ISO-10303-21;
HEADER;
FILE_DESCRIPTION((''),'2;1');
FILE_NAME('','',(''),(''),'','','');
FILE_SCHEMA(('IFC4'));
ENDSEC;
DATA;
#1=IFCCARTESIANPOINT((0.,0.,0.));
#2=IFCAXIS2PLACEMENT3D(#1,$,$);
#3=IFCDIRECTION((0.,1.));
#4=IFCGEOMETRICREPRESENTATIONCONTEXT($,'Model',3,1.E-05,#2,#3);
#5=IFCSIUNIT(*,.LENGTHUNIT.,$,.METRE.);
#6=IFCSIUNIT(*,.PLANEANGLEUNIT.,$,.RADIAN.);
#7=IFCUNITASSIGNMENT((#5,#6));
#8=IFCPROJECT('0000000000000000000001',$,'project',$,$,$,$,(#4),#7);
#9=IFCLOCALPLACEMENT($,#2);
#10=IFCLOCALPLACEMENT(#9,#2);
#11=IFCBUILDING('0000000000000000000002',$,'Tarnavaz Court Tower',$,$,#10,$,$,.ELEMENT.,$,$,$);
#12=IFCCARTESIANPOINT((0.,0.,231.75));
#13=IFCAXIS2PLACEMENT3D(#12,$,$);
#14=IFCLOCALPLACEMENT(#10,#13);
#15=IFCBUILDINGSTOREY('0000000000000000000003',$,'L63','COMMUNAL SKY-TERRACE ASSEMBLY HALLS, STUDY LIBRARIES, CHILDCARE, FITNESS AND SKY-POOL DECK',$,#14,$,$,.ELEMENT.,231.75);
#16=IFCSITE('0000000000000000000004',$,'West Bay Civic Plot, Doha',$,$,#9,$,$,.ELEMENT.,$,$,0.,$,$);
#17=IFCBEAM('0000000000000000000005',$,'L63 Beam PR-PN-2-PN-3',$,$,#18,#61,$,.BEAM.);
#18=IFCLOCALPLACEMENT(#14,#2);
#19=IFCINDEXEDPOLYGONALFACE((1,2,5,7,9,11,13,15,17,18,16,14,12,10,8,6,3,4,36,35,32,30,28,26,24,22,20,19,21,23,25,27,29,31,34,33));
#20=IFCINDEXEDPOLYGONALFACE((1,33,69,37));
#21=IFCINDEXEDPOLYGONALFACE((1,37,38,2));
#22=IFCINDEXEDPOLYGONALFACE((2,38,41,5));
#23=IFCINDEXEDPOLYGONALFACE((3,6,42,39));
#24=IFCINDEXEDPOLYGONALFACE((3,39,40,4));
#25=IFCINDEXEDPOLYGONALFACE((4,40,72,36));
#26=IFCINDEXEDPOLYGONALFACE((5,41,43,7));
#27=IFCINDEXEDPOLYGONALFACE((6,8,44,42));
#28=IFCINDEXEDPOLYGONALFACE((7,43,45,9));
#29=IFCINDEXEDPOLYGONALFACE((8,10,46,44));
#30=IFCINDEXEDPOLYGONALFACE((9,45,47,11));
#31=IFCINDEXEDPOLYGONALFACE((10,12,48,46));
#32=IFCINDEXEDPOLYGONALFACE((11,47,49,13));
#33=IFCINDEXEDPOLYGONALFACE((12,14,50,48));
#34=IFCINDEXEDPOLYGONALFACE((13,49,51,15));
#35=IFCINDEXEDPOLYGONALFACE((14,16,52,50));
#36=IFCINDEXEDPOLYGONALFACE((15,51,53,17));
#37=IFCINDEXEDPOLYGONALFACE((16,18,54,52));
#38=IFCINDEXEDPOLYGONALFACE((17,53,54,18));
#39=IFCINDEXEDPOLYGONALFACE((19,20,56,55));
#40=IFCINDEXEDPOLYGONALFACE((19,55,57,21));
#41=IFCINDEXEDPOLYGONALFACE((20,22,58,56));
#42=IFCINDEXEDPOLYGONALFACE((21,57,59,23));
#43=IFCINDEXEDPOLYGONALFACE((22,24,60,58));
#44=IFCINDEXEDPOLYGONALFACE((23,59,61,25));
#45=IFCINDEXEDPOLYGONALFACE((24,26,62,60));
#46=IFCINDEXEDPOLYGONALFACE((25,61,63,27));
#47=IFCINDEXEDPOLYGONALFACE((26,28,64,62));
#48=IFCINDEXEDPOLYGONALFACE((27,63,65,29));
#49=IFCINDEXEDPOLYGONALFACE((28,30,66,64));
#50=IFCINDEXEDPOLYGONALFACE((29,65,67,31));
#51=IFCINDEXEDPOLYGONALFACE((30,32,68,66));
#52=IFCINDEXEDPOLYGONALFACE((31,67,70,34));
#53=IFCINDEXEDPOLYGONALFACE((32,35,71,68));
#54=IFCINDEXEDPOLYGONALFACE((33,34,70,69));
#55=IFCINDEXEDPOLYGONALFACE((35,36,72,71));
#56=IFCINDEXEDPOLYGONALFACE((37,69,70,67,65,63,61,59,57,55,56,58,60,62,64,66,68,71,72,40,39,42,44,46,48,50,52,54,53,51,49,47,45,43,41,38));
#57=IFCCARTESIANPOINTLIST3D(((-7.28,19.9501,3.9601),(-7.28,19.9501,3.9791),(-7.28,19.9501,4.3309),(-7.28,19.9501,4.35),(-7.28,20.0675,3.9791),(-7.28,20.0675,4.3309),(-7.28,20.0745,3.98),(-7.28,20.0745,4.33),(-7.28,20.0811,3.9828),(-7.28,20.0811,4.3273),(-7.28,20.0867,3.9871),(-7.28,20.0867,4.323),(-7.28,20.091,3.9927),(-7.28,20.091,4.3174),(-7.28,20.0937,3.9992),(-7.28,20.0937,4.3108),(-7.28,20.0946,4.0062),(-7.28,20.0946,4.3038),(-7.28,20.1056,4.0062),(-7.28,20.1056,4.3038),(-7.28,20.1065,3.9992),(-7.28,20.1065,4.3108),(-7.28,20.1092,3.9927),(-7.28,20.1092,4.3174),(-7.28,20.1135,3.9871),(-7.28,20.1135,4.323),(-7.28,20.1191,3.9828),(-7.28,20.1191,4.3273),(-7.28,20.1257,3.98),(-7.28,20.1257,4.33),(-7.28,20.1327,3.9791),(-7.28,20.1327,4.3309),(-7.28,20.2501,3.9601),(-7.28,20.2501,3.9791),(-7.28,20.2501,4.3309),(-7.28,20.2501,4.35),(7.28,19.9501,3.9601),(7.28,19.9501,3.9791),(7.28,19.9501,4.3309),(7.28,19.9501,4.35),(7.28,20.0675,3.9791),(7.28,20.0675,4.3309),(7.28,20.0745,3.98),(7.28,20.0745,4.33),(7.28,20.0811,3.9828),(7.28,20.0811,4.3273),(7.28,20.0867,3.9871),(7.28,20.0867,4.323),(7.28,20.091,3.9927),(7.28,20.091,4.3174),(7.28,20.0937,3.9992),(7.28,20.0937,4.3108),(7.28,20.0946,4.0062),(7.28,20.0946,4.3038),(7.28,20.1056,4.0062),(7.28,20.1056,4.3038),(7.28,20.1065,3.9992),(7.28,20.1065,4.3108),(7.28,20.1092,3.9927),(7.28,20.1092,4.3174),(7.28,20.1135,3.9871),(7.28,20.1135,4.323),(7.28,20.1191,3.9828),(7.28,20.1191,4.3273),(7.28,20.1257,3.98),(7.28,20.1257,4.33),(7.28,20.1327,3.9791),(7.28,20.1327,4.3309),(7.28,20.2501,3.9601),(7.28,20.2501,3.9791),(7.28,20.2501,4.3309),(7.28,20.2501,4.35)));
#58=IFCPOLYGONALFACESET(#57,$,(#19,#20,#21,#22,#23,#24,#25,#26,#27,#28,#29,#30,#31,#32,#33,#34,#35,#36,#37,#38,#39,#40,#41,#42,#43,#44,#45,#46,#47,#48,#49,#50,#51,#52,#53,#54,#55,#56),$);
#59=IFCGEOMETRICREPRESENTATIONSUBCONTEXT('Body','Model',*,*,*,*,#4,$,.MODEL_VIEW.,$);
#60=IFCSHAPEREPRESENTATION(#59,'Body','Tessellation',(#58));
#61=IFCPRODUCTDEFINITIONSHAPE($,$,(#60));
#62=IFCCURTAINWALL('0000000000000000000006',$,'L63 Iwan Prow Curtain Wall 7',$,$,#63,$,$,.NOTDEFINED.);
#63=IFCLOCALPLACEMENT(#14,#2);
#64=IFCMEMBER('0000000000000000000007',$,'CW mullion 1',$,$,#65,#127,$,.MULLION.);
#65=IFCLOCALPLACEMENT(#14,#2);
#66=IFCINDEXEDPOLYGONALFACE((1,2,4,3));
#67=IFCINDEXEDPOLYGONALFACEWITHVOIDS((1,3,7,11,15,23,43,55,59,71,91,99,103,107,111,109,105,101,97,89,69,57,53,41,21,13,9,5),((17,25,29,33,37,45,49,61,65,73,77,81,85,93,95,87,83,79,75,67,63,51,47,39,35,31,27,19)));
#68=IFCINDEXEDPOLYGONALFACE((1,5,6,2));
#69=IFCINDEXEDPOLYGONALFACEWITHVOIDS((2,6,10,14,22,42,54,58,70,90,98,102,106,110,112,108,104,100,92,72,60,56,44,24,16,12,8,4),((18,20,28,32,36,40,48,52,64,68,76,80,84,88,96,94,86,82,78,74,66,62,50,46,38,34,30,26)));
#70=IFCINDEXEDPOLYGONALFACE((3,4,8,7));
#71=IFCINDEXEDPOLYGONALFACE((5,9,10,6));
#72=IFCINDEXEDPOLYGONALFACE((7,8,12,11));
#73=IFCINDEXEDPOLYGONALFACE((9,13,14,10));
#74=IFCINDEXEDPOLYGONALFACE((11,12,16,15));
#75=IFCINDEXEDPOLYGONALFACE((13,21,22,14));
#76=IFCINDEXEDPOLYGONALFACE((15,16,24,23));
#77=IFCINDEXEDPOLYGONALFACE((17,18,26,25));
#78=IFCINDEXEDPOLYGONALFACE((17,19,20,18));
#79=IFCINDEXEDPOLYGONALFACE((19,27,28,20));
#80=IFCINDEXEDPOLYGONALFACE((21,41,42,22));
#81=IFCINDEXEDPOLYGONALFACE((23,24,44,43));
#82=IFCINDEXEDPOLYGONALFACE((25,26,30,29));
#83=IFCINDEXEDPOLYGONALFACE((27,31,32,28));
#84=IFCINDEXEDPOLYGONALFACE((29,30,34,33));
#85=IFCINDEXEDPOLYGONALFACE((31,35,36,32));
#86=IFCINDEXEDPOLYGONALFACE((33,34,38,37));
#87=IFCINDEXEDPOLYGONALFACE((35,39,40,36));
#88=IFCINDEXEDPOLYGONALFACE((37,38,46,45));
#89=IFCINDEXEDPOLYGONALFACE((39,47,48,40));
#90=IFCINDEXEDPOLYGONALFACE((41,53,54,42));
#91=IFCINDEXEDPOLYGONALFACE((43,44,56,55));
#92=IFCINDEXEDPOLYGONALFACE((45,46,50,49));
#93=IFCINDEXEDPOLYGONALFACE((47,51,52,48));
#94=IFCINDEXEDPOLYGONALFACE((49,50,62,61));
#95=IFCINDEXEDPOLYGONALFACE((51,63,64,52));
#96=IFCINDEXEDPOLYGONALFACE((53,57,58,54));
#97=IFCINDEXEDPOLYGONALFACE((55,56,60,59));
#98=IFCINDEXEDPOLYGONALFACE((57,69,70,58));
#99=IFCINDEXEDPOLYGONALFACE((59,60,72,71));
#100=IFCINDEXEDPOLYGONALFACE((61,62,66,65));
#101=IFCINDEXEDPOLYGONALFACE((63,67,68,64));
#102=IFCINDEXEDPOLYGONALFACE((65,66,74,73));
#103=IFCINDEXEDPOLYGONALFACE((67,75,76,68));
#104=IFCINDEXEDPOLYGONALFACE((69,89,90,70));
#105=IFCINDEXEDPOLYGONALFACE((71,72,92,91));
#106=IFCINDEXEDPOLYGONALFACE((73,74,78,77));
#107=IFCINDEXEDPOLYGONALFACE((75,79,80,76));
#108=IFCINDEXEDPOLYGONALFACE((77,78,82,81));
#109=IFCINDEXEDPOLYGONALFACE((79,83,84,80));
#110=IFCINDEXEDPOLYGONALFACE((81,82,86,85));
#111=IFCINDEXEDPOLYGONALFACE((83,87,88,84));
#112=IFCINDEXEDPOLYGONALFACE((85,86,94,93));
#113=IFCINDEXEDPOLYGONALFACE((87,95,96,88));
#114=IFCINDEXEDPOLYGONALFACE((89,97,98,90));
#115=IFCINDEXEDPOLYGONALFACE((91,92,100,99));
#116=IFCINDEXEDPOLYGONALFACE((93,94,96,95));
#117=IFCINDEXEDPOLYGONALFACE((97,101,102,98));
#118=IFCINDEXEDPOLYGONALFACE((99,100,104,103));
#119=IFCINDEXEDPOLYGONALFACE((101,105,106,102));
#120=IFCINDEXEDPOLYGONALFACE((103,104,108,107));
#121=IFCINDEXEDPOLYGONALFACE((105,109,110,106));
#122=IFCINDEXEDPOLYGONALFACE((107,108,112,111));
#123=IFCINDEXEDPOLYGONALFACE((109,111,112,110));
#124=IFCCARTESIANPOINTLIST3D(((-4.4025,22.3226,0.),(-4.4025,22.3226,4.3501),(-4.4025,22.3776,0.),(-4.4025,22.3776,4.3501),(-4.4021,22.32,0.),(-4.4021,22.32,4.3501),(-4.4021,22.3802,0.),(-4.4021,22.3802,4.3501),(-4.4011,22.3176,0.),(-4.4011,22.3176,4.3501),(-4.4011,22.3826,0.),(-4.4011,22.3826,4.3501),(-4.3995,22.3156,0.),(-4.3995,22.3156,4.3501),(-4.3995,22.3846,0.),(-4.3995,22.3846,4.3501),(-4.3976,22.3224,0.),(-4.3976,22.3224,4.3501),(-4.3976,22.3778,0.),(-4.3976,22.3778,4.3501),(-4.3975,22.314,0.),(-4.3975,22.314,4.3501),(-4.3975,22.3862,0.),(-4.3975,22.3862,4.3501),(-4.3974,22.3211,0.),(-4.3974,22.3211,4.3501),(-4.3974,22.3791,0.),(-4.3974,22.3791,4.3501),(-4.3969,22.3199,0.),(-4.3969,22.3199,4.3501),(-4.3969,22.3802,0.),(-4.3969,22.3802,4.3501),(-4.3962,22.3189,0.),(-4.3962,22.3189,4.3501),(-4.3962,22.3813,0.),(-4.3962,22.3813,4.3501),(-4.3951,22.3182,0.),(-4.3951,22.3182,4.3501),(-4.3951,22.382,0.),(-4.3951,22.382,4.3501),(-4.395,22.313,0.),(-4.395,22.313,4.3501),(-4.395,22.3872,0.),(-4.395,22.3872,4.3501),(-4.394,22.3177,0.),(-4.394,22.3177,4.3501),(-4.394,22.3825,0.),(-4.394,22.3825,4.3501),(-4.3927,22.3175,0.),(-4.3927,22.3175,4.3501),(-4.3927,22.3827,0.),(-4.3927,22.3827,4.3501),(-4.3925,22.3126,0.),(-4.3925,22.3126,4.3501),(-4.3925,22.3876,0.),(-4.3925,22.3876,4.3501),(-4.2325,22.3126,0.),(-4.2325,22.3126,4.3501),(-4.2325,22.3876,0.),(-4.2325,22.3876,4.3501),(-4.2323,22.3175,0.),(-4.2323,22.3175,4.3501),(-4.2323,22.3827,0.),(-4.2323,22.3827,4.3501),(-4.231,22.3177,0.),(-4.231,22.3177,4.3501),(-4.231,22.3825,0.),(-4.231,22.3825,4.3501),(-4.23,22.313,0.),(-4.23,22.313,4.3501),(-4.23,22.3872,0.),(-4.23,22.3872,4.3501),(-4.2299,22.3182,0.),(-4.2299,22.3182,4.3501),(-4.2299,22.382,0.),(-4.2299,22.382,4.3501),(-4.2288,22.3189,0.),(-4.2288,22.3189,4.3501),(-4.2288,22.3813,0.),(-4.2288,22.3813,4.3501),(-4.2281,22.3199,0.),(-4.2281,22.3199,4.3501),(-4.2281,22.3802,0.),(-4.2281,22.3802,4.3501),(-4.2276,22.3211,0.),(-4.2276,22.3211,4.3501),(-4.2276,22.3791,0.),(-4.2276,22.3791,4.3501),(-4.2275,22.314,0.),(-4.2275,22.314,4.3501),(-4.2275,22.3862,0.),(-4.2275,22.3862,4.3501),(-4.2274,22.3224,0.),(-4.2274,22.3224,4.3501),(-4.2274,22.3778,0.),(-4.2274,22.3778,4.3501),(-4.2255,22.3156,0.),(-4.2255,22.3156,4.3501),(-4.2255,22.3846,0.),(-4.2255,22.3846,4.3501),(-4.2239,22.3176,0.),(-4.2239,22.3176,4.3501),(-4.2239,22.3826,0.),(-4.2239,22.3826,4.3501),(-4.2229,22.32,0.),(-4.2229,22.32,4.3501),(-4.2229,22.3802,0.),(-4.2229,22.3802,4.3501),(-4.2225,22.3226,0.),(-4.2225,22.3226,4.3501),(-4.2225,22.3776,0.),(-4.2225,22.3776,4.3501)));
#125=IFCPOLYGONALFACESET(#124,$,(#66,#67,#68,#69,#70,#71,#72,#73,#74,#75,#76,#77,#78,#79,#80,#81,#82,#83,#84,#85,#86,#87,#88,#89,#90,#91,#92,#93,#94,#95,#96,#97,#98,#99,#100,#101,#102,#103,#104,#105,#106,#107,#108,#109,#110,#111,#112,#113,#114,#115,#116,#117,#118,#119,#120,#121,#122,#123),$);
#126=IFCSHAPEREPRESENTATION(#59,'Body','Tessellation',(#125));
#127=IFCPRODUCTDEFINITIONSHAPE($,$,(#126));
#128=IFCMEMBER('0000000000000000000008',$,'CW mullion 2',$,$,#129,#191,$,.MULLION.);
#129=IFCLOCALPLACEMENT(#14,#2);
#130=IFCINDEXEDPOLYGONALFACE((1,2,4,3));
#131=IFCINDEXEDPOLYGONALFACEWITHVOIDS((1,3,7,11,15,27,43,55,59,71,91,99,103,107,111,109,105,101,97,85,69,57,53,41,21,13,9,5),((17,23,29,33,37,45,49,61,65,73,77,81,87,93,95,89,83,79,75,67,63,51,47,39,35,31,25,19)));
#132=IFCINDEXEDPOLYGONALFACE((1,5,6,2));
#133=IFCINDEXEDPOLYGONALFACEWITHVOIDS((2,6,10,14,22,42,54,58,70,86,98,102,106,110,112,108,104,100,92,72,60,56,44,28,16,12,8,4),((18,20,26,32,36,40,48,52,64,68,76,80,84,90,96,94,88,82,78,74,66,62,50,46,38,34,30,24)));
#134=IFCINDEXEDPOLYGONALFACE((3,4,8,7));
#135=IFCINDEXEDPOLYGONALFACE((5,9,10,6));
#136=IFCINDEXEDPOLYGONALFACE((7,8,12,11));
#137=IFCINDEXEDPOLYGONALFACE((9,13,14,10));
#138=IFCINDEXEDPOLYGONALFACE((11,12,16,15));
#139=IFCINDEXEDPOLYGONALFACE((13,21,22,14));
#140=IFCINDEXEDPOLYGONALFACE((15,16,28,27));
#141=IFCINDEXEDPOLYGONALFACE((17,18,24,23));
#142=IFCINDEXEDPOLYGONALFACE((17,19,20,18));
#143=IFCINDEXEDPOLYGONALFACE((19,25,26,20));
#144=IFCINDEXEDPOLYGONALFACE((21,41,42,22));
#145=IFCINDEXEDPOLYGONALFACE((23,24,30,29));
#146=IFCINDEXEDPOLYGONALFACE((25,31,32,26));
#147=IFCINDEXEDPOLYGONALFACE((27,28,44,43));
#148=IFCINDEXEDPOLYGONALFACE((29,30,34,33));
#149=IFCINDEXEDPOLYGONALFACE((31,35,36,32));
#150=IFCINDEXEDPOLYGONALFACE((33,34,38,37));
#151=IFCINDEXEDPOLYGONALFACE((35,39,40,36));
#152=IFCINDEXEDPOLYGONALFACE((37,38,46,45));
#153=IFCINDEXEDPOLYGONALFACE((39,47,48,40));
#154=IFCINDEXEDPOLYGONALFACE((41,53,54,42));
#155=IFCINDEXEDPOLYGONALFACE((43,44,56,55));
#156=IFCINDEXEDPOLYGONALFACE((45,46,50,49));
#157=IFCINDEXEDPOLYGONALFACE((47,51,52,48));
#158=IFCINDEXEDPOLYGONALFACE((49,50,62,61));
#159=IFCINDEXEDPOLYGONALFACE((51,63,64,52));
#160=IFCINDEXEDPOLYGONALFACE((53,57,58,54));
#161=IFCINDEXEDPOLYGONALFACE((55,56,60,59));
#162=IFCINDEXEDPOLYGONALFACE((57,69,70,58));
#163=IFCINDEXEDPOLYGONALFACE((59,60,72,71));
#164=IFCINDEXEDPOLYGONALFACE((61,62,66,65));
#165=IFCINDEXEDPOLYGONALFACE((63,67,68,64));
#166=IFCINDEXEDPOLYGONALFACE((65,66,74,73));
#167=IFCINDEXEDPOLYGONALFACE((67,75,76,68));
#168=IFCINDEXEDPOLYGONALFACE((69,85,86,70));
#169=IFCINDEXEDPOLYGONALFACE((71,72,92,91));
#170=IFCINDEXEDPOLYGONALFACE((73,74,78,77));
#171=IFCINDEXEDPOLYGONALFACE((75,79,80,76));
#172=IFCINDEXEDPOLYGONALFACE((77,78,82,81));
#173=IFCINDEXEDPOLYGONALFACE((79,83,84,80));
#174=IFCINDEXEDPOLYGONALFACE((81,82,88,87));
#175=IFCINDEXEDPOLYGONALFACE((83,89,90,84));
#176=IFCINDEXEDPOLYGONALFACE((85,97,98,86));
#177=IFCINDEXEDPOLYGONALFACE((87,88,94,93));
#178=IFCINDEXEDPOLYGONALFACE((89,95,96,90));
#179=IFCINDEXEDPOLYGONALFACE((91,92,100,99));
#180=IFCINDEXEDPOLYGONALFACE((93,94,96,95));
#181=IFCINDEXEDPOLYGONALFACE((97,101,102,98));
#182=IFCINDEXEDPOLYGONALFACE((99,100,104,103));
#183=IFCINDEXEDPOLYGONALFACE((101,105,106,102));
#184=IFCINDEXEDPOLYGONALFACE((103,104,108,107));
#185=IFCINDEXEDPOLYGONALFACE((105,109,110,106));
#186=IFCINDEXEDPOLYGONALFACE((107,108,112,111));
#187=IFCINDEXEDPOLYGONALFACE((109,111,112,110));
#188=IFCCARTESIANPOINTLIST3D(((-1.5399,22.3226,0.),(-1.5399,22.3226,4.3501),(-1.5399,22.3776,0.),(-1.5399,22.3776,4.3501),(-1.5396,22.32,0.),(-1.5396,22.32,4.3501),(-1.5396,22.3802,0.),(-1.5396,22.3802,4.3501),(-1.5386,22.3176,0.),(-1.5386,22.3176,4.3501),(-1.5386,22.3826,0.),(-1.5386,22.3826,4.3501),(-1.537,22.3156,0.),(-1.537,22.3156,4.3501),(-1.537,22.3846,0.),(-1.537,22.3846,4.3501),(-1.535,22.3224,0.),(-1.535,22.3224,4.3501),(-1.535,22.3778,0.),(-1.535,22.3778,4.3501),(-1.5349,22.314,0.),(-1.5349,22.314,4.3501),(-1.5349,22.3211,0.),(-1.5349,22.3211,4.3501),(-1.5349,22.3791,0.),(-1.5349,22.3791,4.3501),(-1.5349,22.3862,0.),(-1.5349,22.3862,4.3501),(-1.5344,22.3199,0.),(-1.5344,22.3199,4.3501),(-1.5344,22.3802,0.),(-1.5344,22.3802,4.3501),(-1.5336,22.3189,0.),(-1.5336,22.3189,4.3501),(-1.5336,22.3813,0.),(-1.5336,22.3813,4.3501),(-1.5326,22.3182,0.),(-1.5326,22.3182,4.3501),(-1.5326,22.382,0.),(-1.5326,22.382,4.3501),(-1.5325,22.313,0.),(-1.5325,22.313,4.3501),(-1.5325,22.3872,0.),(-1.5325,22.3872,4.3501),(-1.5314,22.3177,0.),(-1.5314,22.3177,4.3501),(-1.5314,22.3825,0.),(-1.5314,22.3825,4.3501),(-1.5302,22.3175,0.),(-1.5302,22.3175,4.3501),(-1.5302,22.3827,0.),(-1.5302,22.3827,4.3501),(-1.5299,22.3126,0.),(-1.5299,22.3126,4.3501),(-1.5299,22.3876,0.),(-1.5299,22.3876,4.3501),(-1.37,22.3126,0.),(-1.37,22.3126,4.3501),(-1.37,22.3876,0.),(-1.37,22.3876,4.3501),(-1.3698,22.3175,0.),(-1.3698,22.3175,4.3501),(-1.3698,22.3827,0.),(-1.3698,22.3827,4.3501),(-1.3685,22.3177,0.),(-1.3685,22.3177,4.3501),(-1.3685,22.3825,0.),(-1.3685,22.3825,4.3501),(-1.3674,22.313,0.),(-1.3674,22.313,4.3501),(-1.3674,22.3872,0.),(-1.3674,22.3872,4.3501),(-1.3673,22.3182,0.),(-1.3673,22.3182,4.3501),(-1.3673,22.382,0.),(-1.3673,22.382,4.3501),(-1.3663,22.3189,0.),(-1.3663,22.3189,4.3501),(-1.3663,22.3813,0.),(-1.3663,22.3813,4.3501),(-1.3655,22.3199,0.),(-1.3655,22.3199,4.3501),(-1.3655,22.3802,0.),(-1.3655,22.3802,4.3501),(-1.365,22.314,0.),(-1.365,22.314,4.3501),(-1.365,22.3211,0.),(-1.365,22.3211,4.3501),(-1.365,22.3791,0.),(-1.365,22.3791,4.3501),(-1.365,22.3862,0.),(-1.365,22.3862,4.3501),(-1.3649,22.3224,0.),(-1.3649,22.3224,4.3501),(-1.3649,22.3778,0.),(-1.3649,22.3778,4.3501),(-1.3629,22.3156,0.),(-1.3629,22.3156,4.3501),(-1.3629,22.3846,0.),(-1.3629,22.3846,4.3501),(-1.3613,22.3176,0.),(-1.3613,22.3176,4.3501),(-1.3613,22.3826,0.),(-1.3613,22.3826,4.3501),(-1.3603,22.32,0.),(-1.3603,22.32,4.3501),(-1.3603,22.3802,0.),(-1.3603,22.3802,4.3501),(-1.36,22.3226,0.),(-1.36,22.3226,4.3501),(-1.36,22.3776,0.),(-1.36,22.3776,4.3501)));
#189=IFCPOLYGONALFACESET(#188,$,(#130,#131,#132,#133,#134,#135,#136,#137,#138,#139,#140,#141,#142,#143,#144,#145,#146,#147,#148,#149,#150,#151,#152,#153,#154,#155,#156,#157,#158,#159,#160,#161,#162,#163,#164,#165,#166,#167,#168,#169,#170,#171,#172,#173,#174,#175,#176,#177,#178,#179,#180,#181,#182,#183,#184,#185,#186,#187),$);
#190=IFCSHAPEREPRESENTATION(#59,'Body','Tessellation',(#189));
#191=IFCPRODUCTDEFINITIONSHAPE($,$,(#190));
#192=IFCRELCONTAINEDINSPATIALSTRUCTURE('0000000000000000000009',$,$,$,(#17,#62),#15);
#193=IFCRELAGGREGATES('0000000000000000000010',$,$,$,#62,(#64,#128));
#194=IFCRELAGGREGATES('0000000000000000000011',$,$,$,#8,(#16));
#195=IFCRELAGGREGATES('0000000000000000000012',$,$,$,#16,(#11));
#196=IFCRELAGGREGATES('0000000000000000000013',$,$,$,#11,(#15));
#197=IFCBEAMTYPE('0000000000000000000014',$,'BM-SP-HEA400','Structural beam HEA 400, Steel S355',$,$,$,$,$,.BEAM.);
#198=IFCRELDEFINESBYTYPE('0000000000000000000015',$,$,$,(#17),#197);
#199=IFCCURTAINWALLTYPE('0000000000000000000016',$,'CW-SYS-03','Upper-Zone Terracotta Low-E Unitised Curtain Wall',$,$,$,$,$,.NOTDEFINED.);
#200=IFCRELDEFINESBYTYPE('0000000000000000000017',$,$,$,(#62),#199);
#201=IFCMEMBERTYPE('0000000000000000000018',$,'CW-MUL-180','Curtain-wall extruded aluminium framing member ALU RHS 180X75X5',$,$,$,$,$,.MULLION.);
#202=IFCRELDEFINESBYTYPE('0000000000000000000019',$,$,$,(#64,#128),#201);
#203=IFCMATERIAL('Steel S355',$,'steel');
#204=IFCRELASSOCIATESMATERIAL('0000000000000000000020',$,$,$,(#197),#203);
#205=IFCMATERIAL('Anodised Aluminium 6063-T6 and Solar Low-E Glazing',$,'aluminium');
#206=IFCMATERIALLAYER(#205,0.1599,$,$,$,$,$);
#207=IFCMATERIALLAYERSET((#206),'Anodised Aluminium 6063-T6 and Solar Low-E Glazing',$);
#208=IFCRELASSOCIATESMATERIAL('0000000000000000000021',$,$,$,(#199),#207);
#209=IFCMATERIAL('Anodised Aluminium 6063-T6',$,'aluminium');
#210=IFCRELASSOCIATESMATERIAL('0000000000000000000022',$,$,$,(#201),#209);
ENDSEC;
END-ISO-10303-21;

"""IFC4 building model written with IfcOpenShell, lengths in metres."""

from ifc_helpers import new_model, si_unit, direction, frame, origin, origin_2d, place, context, subcontext, project, spatial, hollow_rectangle, i_section, extrude, material, layer, layer_set, material_profile, profile_set, type_object, element, aggregate, save


model = new_model("IFC4")

# Units and contexts
model_context = context("Model", 3, precision=1e-05, world=origin(), true_north=direction((0.0, 1.0)))
body_context = subcontext(model_context, "Body", "Model", "MODEL_VIEW")
ifc_project = project(units=[si_unit("LENGTHUNIT", "METRE"), si_unit("PLANEANGLEUNIT", "RADIAN")], contexts=[model_context])

# Site, building, storey
site_placement = place(None, origin())
site = spatial("IfcSite", under=ifc_project, at=site_placement, Name="West Bay Civic Plot, Doha", CompositionType="ELEMENT", RefElevation=0.0)
building_placement = place(site_placement, origin())
building = spatial("IfcBuilding", under=site, at=building_placement, Name="Tarnavaz Court Tower", CompositionType="ELEMENT")
storey_placement = place(building_placement, frame((0.0, 0.0, 231.75)))
storey = spatial("IfcBuildingStorey", under=building, at=storey_placement, Name="L63", Description="COMMUNAL SKY-TERRACE ASSEMBLY HALLS, STUDY LIBRARIES, CHILDCARE, FITNESS AND SKY-POOL DECK", CompositionType="ELEMENT", Elevation=231.75)

# Beam
ifc_material_1 = material(Name="Steel S355", Category="steel")
ifc_material_profile_1 = material_profile(ifc_material_1, i_section(OverallWidth=0.3, OverallDepth=0.3899, WebThickness=0.011, FlangeThickness=0.019, FilletRadius=0.0271, at=origin_2d()), Name="HEA 400")
ifc_profile_set_1 = profile_set([ifc_material_profile_1], Name="Steel S355")
beam_type_1 = type_object("IfcBeamType", Name="BM-SP-HEA400", Description="Structural beam HEA 400, Steel S355", PredefinedType="BEAM", material=ifc_profile_set_1)
beam_1_placement = place(storey_placement, frame((-7.28, 20.1001, 4.155), z_axis=(1.0, 0.0, 0.0), x_axis=(0.0, 1.0, 0.0)))
element("IfcBeam", 1, at=beam_1_placement, inside=storey, type_object=beam_type_1, Name="L63 Beam PR-PN-2-PN-3", PredefinedType="BEAM", context=body_context, shape_type="SweptSolid", body=[
    extrude(i_section(OverallWidth=0.3, OverallDepth=0.3899, WebThickness=0.011, FlangeThickness=0.019, FilletRadius=0.0271, at=origin_2d()), origin(), (0.0, 0.0, 1.0), 14.5601),
])

# Curtain wall, members
ifc_material_2 = material(Name="Anodised Aluminium 6063-T6 and Solar Low-E Glazing", Category="aluminium")
ifc_layer_1 = layer(ifc_material_2, 0.1599)
ifc_layer_set_1 = layer_set([ifc_layer_1], Name="Anodised Aluminium 6063-T6 and Solar Low-E Glazing")
curtain_wall_type = type_object("IfcCurtainWallType", Name="CW-SYS-03", Description="Upper-Zone Terracotta Low-E Unitised Curtain Wall", PredefinedType="NOTDEFINED", material=ifc_layer_set_1)
curtain_wall_placement = place(storey_placement, origin())
curtain_wall = element("IfcCurtainWall", 2, at=curtain_wall_placement, inside=storey, type_object=curtain_wall_type, Name="L63 Iwan Prow Curtain Wall 7", PredefinedType="NOTDEFINED")
ifc_material_3 = material(Name="Anodised Aluminium 6063-T6", Category="aluminium")
ifc_material_profile_2 = material_profile(ifc_material_3, hollow_rectangle(XDim=0.075, YDim=0.1799, WallThickness=0.0049, InnerFilletRadius=0.0049, OuterFilletRadius=0.01, at=origin_2d()), Name="ALU RHS 180X75X5")
ifc_profile_set_2 = profile_set([ifc_material_profile_2], Name="Anodised Aluminium 6063-T6")
member_type_1 = type_object("IfcMemberType", Name="CW-MUL-180", Description="Curtain-wall extruded aluminium framing member ALU RHS 180X75X5", PredefinedType="MULLION", material=ifc_profile_set_2)
member_1_placement = place(storey_placement, frame((-4.3125, 22.3501, 0.0), z_axis=(0.0, 0.0, 1.0), x_axis=(0.0, 1.0, 0.0)))
member_1 = element("IfcMember", 3, at=member_1_placement, type_object=member_type_1, Name="CW mullion 1", PredefinedType="MULLION", context=body_context, shape_type="SweptSolid", body=[
    extrude(hollow_rectangle(XDim=0.075, YDim=0.1799, WallThickness=0.0049, InnerFilletRadius=0.0049, OuterFilletRadius=0.01, at=origin_2d()), origin(), (0.0, 0.0, 1.0), 4.3501),
])
member_2_placement = place(storey_placement, frame((-1.45, 22.3501, 0.0), z_axis=(0.0, 0.0, 1.0), x_axis=(0.0, 1.0, 0.0)))
member_2 = element("IfcMember", 4, at=member_2_placement, type_object=member_type_1, Name="CW mullion 2", PredefinedType="MULLION", context=body_context, shape_type="SweptSolid", body=[
    extrude(hollow_rectangle(XDim=0.075, YDim=0.1799, WallThickness=0.0049, InnerFilletRadius=0.0049, OuterFilletRadius=0.01, at=origin_2d()), origin(), (0.0, 0.0, 1.0), 4.3501),
])
aggregate(curtain_wall, [member_1, member_2])

save(model, "model.ifc")
